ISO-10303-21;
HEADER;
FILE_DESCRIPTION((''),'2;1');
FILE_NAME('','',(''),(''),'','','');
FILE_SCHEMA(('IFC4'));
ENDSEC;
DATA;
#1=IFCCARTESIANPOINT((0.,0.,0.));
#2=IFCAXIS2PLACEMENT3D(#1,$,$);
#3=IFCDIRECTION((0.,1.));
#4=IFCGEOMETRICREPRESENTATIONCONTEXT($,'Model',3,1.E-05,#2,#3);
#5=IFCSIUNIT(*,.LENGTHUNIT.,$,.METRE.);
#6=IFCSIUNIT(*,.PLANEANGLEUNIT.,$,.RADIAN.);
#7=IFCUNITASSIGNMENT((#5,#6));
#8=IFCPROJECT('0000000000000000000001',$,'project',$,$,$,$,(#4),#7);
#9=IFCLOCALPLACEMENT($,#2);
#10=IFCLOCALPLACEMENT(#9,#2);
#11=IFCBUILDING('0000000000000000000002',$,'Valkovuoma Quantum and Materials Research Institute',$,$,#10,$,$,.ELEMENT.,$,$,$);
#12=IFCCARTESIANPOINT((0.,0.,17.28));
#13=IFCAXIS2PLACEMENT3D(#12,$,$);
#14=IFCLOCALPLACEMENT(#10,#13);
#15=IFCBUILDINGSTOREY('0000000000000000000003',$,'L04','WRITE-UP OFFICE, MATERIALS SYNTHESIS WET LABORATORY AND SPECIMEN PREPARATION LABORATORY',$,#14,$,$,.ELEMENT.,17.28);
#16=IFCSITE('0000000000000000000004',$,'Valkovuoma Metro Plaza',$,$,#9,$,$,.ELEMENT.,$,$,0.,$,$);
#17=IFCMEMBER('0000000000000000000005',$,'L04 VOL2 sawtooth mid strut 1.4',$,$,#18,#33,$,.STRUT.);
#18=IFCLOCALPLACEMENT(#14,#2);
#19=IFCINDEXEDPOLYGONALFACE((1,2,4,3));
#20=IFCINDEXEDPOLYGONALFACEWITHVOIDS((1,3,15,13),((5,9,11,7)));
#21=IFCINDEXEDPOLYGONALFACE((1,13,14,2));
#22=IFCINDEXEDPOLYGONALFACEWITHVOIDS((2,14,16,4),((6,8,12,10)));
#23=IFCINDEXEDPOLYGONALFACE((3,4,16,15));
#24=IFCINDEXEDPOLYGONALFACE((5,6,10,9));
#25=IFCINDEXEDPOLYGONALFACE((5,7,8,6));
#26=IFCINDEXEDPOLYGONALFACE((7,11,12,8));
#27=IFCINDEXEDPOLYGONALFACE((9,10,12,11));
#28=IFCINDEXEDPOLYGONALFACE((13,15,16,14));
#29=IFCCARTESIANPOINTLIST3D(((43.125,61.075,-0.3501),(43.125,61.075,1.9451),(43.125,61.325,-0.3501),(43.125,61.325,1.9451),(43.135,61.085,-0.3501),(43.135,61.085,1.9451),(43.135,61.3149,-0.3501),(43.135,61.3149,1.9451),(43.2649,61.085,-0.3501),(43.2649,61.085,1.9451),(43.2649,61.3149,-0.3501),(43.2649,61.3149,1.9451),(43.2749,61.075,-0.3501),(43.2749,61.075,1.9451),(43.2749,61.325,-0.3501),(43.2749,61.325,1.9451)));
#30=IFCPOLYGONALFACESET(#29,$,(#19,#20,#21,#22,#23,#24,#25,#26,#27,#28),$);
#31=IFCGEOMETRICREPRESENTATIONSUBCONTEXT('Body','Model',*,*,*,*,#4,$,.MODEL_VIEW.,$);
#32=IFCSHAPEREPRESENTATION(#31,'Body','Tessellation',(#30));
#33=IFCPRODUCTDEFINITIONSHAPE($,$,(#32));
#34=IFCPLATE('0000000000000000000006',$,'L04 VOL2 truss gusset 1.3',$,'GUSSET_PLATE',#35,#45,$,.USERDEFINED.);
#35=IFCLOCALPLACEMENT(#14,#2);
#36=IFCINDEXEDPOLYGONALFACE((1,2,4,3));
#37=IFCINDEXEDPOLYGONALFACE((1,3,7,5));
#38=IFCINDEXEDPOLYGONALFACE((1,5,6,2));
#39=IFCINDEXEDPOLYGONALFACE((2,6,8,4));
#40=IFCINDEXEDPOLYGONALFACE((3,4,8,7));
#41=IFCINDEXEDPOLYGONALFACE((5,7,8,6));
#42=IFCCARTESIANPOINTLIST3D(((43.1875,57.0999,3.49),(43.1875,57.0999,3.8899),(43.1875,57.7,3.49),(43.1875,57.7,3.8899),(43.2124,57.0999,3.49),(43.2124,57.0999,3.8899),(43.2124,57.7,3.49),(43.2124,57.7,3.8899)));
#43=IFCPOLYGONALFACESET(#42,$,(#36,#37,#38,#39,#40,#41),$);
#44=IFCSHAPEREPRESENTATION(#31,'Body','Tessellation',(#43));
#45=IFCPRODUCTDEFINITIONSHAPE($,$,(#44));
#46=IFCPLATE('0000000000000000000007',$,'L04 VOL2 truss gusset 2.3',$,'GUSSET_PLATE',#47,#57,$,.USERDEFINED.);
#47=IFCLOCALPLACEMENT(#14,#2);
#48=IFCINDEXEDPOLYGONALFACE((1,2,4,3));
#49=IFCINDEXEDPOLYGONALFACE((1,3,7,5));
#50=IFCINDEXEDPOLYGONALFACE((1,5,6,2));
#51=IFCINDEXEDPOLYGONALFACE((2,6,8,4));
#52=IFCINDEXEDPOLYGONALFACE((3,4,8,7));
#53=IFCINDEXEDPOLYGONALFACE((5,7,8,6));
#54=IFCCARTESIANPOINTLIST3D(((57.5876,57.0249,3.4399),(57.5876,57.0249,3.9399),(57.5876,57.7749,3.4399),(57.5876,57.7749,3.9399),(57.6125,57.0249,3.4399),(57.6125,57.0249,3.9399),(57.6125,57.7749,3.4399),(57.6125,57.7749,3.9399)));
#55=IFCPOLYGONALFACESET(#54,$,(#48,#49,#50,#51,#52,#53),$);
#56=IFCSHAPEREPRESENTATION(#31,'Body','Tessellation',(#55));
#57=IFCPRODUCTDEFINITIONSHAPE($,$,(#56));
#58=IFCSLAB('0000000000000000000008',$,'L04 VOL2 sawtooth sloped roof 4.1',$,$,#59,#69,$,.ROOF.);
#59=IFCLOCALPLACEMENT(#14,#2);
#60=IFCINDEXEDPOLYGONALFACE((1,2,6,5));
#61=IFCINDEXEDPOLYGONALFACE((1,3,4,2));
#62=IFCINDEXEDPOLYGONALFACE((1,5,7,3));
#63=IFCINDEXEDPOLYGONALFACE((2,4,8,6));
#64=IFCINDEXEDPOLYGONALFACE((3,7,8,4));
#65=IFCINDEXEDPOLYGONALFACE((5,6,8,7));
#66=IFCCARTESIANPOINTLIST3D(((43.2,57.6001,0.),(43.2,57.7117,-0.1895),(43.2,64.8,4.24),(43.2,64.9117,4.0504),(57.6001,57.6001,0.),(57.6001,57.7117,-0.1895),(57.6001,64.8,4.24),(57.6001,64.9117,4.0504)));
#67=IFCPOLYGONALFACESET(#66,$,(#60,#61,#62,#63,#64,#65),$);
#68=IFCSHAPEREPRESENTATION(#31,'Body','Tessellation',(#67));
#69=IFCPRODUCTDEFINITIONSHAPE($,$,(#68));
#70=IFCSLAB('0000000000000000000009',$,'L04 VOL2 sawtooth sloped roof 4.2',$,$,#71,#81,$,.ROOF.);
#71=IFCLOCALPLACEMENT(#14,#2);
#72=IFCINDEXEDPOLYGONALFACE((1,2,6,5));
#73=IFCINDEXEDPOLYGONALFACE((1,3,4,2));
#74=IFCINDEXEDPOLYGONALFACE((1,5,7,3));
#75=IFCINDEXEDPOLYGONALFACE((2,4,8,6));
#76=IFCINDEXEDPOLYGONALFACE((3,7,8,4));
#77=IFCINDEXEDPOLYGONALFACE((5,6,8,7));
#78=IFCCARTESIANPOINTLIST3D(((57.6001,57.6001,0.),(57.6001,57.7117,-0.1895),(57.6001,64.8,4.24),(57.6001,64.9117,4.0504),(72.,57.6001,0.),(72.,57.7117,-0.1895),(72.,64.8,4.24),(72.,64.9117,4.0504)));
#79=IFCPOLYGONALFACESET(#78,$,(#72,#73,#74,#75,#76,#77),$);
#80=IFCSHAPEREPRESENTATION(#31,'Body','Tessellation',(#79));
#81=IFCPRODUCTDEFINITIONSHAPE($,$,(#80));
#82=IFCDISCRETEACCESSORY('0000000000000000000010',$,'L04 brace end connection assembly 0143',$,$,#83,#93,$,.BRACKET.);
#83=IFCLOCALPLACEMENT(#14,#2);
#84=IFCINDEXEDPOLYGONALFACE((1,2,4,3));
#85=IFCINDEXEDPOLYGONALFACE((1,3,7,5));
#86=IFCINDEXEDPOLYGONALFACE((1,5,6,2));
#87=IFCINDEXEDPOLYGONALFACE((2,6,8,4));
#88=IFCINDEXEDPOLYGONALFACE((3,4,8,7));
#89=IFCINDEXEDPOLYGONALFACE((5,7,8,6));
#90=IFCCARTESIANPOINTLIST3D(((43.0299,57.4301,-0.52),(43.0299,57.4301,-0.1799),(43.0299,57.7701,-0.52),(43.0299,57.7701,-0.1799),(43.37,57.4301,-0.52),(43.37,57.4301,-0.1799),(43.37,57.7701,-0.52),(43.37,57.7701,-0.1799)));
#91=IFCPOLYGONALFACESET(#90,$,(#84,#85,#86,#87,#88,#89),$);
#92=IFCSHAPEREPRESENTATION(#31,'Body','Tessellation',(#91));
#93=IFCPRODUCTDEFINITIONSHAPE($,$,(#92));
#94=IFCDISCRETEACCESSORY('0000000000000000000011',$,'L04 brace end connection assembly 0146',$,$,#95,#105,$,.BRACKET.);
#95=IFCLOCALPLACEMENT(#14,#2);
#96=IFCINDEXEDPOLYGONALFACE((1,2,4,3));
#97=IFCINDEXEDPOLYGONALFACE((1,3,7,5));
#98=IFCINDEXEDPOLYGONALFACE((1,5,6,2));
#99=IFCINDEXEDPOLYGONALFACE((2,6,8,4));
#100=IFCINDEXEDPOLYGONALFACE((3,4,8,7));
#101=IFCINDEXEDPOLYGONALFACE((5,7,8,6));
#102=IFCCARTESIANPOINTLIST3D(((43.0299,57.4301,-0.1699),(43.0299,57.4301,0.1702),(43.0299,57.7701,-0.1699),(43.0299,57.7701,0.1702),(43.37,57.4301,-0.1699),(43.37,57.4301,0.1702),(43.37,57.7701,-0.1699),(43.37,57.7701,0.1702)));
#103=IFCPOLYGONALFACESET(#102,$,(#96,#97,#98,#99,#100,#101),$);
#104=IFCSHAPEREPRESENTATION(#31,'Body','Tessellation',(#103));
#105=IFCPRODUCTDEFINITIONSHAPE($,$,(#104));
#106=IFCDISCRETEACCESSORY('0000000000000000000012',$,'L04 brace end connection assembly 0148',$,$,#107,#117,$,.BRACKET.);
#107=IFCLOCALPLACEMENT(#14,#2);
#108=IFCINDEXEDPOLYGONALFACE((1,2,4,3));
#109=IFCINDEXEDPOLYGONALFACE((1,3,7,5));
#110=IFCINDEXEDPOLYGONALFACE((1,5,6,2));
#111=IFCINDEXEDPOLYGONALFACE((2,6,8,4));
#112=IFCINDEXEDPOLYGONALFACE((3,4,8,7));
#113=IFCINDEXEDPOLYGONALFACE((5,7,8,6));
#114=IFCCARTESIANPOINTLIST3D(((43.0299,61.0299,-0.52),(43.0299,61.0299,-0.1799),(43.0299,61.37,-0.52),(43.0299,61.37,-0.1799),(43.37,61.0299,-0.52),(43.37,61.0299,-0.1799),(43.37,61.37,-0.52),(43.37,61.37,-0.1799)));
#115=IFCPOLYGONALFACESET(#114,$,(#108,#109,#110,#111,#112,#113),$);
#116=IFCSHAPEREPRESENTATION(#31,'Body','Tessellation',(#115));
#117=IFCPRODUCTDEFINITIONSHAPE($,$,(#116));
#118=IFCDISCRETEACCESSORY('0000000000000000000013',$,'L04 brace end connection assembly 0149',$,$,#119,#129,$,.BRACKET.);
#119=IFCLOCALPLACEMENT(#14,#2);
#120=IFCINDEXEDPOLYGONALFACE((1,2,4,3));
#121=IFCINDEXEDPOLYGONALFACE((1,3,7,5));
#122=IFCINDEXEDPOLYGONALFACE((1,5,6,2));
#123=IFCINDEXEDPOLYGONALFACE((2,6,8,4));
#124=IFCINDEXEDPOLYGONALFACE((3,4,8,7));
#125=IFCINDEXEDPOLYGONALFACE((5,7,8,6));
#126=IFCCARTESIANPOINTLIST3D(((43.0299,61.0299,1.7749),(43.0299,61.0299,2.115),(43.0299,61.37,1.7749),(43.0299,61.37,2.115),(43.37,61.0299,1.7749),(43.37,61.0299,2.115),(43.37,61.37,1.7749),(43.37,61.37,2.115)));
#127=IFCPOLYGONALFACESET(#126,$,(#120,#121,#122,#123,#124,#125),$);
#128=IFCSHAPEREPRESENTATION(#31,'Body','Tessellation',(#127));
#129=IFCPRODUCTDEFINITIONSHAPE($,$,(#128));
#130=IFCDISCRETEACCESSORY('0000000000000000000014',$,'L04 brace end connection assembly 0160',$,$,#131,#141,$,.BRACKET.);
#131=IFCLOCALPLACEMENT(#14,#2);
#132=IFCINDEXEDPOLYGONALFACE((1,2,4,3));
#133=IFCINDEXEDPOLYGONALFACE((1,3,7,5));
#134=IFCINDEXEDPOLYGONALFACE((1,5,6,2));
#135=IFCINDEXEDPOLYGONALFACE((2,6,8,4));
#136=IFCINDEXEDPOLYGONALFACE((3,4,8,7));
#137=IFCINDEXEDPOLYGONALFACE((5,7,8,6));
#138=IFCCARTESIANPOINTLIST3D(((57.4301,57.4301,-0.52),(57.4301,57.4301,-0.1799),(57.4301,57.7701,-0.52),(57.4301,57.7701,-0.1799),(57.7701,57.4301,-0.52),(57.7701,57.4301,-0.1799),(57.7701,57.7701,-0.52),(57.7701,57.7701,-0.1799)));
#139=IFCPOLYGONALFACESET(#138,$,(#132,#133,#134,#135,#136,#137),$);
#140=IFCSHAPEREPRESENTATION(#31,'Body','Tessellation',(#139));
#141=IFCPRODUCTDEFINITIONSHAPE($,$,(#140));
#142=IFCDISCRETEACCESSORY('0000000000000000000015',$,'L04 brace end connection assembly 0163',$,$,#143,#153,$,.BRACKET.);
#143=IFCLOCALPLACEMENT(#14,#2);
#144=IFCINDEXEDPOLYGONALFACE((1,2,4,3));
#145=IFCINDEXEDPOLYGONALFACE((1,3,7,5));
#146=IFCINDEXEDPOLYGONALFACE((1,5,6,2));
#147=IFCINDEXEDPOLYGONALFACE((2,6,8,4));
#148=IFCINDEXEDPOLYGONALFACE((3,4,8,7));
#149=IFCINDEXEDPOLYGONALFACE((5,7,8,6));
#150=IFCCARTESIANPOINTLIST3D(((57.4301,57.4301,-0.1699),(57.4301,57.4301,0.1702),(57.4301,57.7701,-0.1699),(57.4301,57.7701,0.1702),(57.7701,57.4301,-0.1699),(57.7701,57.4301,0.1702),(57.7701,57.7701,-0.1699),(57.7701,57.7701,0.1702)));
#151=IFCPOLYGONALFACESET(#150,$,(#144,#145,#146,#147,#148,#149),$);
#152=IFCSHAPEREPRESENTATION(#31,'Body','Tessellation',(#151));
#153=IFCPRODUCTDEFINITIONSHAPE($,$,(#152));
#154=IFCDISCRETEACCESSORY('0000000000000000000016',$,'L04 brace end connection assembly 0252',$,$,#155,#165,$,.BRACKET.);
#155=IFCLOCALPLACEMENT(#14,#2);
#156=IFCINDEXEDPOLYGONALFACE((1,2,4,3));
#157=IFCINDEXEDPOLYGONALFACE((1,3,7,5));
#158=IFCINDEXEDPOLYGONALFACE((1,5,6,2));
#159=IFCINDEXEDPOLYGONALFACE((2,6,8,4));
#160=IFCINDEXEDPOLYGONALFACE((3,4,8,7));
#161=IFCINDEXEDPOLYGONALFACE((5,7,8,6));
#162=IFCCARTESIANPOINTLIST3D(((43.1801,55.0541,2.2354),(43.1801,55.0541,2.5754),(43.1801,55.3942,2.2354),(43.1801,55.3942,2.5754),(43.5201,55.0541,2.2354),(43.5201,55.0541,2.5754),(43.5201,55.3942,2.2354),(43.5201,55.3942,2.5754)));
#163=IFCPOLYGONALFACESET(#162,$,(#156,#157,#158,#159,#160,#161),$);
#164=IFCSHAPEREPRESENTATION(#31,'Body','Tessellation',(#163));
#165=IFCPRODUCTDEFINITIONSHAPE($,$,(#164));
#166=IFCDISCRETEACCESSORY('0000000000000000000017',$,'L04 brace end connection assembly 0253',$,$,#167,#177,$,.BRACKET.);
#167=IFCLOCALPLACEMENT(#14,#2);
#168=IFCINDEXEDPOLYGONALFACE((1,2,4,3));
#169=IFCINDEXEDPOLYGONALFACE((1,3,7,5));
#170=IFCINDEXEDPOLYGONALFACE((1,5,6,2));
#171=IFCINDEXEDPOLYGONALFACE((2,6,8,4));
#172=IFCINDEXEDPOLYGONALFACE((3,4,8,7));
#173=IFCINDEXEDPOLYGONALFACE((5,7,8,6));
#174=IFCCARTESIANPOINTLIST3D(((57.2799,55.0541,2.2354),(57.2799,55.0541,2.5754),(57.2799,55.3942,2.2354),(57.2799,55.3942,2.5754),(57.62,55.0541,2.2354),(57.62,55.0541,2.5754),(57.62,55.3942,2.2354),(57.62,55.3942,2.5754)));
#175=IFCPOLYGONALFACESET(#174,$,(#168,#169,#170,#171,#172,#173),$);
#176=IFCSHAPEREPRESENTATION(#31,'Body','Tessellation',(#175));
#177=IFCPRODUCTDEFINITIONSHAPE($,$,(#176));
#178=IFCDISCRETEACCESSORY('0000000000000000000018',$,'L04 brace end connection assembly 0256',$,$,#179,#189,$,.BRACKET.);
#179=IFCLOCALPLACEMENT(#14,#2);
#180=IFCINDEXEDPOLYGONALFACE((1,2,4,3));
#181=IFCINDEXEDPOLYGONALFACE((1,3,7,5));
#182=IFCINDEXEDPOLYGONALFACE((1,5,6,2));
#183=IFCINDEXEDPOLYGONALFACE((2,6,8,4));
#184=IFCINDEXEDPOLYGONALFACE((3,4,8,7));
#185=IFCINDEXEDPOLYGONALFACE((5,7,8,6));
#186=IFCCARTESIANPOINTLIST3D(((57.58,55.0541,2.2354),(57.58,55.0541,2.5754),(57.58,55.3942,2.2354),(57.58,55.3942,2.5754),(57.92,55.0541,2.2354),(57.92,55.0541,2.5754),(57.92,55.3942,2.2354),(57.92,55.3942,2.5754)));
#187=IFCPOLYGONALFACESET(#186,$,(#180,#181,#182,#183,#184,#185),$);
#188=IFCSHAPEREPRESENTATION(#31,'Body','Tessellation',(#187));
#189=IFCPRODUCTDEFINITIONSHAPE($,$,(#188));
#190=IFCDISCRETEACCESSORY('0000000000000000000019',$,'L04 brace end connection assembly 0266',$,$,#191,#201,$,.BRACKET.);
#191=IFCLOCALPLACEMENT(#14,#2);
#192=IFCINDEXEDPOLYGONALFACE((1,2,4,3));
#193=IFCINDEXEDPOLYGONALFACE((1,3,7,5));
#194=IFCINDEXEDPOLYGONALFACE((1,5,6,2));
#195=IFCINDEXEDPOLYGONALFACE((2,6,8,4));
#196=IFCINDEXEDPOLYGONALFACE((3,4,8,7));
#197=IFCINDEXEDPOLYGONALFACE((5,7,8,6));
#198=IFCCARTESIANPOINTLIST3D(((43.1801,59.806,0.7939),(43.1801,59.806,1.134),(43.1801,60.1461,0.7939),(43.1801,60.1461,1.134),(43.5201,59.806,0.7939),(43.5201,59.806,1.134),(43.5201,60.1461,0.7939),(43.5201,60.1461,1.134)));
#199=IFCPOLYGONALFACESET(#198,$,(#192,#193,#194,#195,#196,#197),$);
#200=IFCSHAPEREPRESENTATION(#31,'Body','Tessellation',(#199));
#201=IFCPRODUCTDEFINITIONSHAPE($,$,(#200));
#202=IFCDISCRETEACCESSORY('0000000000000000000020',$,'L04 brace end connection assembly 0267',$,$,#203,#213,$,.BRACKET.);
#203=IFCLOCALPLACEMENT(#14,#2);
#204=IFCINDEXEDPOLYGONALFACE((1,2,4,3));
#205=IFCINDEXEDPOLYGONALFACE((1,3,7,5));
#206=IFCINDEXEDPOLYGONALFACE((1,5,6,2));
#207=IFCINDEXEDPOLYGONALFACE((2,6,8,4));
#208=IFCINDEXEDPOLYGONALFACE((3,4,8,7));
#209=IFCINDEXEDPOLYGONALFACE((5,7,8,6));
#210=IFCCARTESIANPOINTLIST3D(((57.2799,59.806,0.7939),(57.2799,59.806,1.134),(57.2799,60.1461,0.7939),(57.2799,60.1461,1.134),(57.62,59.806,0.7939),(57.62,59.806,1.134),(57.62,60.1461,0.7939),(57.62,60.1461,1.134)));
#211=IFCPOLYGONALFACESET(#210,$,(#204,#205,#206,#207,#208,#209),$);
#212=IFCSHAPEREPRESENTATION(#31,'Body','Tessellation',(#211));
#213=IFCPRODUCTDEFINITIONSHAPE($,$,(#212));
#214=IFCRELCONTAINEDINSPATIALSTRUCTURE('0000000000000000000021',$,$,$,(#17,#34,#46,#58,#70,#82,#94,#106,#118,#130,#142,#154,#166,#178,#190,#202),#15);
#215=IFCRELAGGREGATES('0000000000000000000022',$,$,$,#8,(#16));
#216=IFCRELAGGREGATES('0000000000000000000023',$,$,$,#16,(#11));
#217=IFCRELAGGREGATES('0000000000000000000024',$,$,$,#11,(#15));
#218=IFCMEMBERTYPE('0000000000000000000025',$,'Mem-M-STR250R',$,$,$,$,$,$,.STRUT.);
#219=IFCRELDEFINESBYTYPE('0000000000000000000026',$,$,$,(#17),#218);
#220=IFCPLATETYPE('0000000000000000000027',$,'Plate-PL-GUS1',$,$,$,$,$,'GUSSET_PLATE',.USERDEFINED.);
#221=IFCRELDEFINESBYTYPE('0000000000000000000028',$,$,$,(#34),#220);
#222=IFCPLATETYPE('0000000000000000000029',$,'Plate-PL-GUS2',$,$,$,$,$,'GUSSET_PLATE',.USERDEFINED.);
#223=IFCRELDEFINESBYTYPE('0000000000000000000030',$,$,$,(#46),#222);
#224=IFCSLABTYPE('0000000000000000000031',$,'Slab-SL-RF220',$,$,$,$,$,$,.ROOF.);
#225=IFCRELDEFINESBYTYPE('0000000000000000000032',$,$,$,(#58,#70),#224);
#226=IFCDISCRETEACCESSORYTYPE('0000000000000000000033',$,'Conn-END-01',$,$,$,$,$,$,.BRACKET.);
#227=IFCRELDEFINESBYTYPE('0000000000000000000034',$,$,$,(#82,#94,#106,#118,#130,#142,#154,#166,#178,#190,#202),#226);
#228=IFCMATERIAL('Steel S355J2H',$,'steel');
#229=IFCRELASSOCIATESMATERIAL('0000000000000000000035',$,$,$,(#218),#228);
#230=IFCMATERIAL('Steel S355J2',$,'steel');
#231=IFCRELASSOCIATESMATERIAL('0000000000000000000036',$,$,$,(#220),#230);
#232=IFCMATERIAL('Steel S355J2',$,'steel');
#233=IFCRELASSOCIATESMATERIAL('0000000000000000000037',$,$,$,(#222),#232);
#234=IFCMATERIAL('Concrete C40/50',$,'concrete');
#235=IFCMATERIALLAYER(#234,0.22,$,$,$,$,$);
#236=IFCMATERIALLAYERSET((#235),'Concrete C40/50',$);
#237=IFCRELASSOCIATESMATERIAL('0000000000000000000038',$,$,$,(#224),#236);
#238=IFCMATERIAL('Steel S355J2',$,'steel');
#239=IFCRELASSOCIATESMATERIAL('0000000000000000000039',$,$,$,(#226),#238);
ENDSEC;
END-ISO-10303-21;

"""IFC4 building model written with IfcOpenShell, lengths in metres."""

from ifc_helpers import new_model, si_unit, direction, frame, origin, origin_2d, place, context, subcontext, project, spatial, polyline, rectangle, hollow_rectangle, outline, extrude, material, layer, layer_set, material_profile, profile_set, type_object, element, save


model = new_model("IFC4")

# Units and contexts
model_context = context("Model", 3, precision=1e-05, world=origin(), true_north=direction((0.0, 1.0)))
body_context = subcontext(model_context, "Body", "Model", "MODEL_VIEW")
ifc_project = project(units=[si_unit("LENGTHUNIT", "METRE"), si_unit("PLANEANGLEUNIT", "RADIAN")], contexts=[model_context])

# Site, building, storey
site_placement = place(None, origin())
site = spatial("IfcSite", under=ifc_project, at=site_placement, Name="Valkovuoma Metro Plaza", CompositionType="ELEMENT", RefElevation=0.0)
building_placement = place(site_placement, origin())
building = spatial("IfcBuilding", under=site, at=building_placement, Name="Valkovuoma Quantum and Materials Research Institute", CompositionType="ELEMENT")
storey_placement = place(building_placement, frame((0.0, 0.0, 17.28)))
storey = spatial("IfcBuildingStorey", under=building, at=storey_placement, Name="L04", Description="WRITE-UP OFFICE, MATERIALS SYNTHESIS WET LABORATORY AND SPECIMEN PREPARATION LABORATORY", CompositionType="ELEMENT", Elevation=17.28)

# Member
ifc_material_1 = material(Name="Steel S355J2H", Category="steel")
ifc_material_profile_1 = material_profile(ifc_material_1, hollow_rectangle(XDim=0.1499, YDim=0.25, WallThickness=0.01, at=origin_2d()), Name="Steel S355J2H")
ifc_profile_set_1 = profile_set([ifc_material_profile_1], Name="Steel S355J2H")
member_type_1 = type_object("IfcMemberType", Name="Mem-M-STR250R", PredefinedType="STRUT", material=ifc_profile_set_1)
member_1_placement = place(storey_placement, frame((43.2, 61.2, -0.3501), z_axis=(0.0, 0.0, 1.0), x_axis=(1.0, 0.0, 0.0)))
element("IfcMember", 1, at=member_1_placement, inside=storey, type_object=member_type_1, Name="L04 VOL2 sawtooth mid strut 1.4", PredefinedType="STRUT", context=body_context, shape_type="SweptSolid", body=[
    extrude(hollow_rectangle(XDim=0.1499, YDim=0.25, WallThickness=0.01, at=origin_2d()), origin(), (0.0, 0.0, 1.0), 2.2952),
])

# Plates
ifc_material_2 = material(Name="Steel S355J2", Category="steel")
plate_type_1 = type_object("IfcPlateType", Name="Plate-PL-GUS1", ElementType="GUSSET_PLATE", PredefinedType="USERDEFINED", material=ifc_material_2)
plate_1_placement = place(storey_placement, frame((43.2, 57.3999, 3.49), z_axis=(0.0, 0.0, 1.0), x_axis=(0.0, 1.0, 0.0)))
element("IfcPlate", 2, at=plate_1_placement, inside=storey, type_object=plate_type_1, Name="L04 VOL2 truss gusset 1.3", ObjectType="GUSSET_PLATE", PredefinedType="USERDEFINED", context=body_context, shape_type="SweptSolid", body=[
    extrude(rectangle(XDim=0.6001, YDim=0.0249, at=origin_2d()), origin(), (0.0, 0.0, 1.0), 0.3999),
])
ifc_material_3 = material(Name="Steel S355J2", Category="steel")
plate_type_2 = type_object("IfcPlateType", Name="Plate-PL-GUS2", ElementType="GUSSET_PLATE", PredefinedType="USERDEFINED", material=ifc_material_3)
plate_2_placement = place(storey_placement, frame((57.6001, 57.3999, 3.4399), z_axis=(0.0, 0.0, 1.0), x_axis=(0.0, 1.0, 0.0)))
element("IfcPlate", 3, at=plate_2_placement, inside=storey, type_object=plate_type_2, Name="L04 VOL2 truss gusset 2.3", ObjectType="GUSSET_PLATE", PredefinedType="USERDEFINED", context=body_context, shape_type="SweptSolid", body=[
    extrude(rectangle(XDim=0.75, YDim=0.0249, at=origin_2d()), origin(), (0.0, 0.0, 1.0), 0.5),
])

# Slabs
ifc_material_4 = material(Name="Concrete C40/50", Category="concrete")
ifc_layer = layer(ifc_material_4, 0.22)
ifc_layer_set = layer_set([ifc_layer], Name="Concrete C40/50")
slab_type = type_object("IfcSlabType", Name="Slab-SL-RF220", PredefinedType="ROOF", material=ifc_layer_set)
slab_1_placement = place(storey_placement, frame((43.2, 57.6001, 0.0), z_axis=(0.0, -0.50744, 0.861687), x_axis=(1.0, 0.0, 0.0)))
element("IfcSlab", 4, at=slab_1_placement, inside=storey, type_object=slab_type, Name="L04 VOL2 sawtooth sloped roof 4.1", PredefinedType="ROOF", context=body_context, shape_type="SweptSolid", body=[
    extrude(outline(polyline([(0.0, 0.0), (14.4001, 0.0), (14.4001, 8.3556), (0.0, 8.3556), (0.0, 0.0)])), origin(), (0.0, 0.0, -1.0), 0.22),
])
slab_2_placement = place(storey_placement, frame((57.6001, 57.6001, 0.0), z_axis=(0.0, -0.50744, 0.861687), x_axis=(1.0, 0.0, 0.0)))
element("IfcSlab", 5, at=slab_2_placement, inside=storey, type_object=slab_type, Name="L04 VOL2 sawtooth sloped roof 4.2", PredefinedType="ROOF", context=body_context, shape_type="SweptSolid", body=[
    extrude(outline(polyline([(0.0, 0.0), (14.3999, 0.0), (14.3999, 8.3556), (0.0, 8.3556), (0.0, 0.0)])), origin(), (0.0, 0.0, -1.0), 0.22),
])

# Discrete accessories
ifc_material_5 = material(Name="Steel S355J2", Category="steel")
discrete_accessory_type = type_object("IfcDiscreteAccessoryType", Name="Conn-END-01", PredefinedType="BRACKET", material=ifc_material_5)
for number, where, z_axis, x_axis, name in (
    (6, (43.2, 57.6001, -0.52), (0.0, 0.0, 1.0), (1.0, 0.0, 0.0), "L04 brace end connection assembly 0143"),
    (7, (43.2, 57.6001, -0.1699), (0.0, 0.0, 1.0), (1.0, 0.0, 0.0), "L04 brace end connection assembly 0146"),
    (8, (43.2, 61.2, -0.52), (0.0, 0.0, 1.0), (1.0, 0.0, 0.0), "L04 brace end connection assembly 0148"),
    (9, (43.2, 61.2, 1.7749), (0.0, 0.0, 1.0), (1.0, 0.0, 0.0), "L04 brace end connection assembly 0149"),
    (10, (57.6001, 57.6001, -0.52), (0.0, 0.0, 1.0), (1.0, 0.0, 0.0), "L04 brace end connection assembly 0160"),
    (11, (57.6001, 57.6001, -0.1699), (0.0, 0.0, 1.0), (1.0, 0.0, 0.0), "L04 brace end connection assembly 0163"),
    (12, (43.3501, 55.2241, 2.2354), (0.0, 0.0, 1.0), (1.0, 0.0, 0.0), "L04 brace end connection assembly 0252"),
    (13, (57.45, 55.2241, 2.2354), (0.0, 0.0, 1.0), (1.0, 0.0, 0.0), "L04 brace end connection assembly 0253"),
    (14, (57.75, 55.2241, 2.2354), (0.0, 0.0, 1.0), (1.0, 0.0, 0.0), "L04 brace end connection assembly 0256"),
    (15, (43.3501, 59.9761, 0.7939), (0.0, 0.0, 1.0), (1.0, 0.0, 0.0), "L04 brace end connection assembly 0266"),
    (16, (57.45, 59.9761, 0.7939), (0.0, 0.0, 1.0), (1.0, 0.0, 0.0), "L04 brace end connection assembly 0267"),
):
    element("IfcDiscreteAccessory", number, at=place(storey_placement, frame(where, z_axis=z_axis, x_axis=x_axis)), inside=storey, type_object=discrete_accessory_type, Name=name, PredefinedType="BRACKET", context=body_context, shape_type="SweptSolid", body=[
        extrude(rectangle(XDim=0.3401, YDim=0.3401, at=origin_2d()), origin(), (0.0, 0.0, 1.0), 0.3401),
    ])

save(model, "model.ifc")
